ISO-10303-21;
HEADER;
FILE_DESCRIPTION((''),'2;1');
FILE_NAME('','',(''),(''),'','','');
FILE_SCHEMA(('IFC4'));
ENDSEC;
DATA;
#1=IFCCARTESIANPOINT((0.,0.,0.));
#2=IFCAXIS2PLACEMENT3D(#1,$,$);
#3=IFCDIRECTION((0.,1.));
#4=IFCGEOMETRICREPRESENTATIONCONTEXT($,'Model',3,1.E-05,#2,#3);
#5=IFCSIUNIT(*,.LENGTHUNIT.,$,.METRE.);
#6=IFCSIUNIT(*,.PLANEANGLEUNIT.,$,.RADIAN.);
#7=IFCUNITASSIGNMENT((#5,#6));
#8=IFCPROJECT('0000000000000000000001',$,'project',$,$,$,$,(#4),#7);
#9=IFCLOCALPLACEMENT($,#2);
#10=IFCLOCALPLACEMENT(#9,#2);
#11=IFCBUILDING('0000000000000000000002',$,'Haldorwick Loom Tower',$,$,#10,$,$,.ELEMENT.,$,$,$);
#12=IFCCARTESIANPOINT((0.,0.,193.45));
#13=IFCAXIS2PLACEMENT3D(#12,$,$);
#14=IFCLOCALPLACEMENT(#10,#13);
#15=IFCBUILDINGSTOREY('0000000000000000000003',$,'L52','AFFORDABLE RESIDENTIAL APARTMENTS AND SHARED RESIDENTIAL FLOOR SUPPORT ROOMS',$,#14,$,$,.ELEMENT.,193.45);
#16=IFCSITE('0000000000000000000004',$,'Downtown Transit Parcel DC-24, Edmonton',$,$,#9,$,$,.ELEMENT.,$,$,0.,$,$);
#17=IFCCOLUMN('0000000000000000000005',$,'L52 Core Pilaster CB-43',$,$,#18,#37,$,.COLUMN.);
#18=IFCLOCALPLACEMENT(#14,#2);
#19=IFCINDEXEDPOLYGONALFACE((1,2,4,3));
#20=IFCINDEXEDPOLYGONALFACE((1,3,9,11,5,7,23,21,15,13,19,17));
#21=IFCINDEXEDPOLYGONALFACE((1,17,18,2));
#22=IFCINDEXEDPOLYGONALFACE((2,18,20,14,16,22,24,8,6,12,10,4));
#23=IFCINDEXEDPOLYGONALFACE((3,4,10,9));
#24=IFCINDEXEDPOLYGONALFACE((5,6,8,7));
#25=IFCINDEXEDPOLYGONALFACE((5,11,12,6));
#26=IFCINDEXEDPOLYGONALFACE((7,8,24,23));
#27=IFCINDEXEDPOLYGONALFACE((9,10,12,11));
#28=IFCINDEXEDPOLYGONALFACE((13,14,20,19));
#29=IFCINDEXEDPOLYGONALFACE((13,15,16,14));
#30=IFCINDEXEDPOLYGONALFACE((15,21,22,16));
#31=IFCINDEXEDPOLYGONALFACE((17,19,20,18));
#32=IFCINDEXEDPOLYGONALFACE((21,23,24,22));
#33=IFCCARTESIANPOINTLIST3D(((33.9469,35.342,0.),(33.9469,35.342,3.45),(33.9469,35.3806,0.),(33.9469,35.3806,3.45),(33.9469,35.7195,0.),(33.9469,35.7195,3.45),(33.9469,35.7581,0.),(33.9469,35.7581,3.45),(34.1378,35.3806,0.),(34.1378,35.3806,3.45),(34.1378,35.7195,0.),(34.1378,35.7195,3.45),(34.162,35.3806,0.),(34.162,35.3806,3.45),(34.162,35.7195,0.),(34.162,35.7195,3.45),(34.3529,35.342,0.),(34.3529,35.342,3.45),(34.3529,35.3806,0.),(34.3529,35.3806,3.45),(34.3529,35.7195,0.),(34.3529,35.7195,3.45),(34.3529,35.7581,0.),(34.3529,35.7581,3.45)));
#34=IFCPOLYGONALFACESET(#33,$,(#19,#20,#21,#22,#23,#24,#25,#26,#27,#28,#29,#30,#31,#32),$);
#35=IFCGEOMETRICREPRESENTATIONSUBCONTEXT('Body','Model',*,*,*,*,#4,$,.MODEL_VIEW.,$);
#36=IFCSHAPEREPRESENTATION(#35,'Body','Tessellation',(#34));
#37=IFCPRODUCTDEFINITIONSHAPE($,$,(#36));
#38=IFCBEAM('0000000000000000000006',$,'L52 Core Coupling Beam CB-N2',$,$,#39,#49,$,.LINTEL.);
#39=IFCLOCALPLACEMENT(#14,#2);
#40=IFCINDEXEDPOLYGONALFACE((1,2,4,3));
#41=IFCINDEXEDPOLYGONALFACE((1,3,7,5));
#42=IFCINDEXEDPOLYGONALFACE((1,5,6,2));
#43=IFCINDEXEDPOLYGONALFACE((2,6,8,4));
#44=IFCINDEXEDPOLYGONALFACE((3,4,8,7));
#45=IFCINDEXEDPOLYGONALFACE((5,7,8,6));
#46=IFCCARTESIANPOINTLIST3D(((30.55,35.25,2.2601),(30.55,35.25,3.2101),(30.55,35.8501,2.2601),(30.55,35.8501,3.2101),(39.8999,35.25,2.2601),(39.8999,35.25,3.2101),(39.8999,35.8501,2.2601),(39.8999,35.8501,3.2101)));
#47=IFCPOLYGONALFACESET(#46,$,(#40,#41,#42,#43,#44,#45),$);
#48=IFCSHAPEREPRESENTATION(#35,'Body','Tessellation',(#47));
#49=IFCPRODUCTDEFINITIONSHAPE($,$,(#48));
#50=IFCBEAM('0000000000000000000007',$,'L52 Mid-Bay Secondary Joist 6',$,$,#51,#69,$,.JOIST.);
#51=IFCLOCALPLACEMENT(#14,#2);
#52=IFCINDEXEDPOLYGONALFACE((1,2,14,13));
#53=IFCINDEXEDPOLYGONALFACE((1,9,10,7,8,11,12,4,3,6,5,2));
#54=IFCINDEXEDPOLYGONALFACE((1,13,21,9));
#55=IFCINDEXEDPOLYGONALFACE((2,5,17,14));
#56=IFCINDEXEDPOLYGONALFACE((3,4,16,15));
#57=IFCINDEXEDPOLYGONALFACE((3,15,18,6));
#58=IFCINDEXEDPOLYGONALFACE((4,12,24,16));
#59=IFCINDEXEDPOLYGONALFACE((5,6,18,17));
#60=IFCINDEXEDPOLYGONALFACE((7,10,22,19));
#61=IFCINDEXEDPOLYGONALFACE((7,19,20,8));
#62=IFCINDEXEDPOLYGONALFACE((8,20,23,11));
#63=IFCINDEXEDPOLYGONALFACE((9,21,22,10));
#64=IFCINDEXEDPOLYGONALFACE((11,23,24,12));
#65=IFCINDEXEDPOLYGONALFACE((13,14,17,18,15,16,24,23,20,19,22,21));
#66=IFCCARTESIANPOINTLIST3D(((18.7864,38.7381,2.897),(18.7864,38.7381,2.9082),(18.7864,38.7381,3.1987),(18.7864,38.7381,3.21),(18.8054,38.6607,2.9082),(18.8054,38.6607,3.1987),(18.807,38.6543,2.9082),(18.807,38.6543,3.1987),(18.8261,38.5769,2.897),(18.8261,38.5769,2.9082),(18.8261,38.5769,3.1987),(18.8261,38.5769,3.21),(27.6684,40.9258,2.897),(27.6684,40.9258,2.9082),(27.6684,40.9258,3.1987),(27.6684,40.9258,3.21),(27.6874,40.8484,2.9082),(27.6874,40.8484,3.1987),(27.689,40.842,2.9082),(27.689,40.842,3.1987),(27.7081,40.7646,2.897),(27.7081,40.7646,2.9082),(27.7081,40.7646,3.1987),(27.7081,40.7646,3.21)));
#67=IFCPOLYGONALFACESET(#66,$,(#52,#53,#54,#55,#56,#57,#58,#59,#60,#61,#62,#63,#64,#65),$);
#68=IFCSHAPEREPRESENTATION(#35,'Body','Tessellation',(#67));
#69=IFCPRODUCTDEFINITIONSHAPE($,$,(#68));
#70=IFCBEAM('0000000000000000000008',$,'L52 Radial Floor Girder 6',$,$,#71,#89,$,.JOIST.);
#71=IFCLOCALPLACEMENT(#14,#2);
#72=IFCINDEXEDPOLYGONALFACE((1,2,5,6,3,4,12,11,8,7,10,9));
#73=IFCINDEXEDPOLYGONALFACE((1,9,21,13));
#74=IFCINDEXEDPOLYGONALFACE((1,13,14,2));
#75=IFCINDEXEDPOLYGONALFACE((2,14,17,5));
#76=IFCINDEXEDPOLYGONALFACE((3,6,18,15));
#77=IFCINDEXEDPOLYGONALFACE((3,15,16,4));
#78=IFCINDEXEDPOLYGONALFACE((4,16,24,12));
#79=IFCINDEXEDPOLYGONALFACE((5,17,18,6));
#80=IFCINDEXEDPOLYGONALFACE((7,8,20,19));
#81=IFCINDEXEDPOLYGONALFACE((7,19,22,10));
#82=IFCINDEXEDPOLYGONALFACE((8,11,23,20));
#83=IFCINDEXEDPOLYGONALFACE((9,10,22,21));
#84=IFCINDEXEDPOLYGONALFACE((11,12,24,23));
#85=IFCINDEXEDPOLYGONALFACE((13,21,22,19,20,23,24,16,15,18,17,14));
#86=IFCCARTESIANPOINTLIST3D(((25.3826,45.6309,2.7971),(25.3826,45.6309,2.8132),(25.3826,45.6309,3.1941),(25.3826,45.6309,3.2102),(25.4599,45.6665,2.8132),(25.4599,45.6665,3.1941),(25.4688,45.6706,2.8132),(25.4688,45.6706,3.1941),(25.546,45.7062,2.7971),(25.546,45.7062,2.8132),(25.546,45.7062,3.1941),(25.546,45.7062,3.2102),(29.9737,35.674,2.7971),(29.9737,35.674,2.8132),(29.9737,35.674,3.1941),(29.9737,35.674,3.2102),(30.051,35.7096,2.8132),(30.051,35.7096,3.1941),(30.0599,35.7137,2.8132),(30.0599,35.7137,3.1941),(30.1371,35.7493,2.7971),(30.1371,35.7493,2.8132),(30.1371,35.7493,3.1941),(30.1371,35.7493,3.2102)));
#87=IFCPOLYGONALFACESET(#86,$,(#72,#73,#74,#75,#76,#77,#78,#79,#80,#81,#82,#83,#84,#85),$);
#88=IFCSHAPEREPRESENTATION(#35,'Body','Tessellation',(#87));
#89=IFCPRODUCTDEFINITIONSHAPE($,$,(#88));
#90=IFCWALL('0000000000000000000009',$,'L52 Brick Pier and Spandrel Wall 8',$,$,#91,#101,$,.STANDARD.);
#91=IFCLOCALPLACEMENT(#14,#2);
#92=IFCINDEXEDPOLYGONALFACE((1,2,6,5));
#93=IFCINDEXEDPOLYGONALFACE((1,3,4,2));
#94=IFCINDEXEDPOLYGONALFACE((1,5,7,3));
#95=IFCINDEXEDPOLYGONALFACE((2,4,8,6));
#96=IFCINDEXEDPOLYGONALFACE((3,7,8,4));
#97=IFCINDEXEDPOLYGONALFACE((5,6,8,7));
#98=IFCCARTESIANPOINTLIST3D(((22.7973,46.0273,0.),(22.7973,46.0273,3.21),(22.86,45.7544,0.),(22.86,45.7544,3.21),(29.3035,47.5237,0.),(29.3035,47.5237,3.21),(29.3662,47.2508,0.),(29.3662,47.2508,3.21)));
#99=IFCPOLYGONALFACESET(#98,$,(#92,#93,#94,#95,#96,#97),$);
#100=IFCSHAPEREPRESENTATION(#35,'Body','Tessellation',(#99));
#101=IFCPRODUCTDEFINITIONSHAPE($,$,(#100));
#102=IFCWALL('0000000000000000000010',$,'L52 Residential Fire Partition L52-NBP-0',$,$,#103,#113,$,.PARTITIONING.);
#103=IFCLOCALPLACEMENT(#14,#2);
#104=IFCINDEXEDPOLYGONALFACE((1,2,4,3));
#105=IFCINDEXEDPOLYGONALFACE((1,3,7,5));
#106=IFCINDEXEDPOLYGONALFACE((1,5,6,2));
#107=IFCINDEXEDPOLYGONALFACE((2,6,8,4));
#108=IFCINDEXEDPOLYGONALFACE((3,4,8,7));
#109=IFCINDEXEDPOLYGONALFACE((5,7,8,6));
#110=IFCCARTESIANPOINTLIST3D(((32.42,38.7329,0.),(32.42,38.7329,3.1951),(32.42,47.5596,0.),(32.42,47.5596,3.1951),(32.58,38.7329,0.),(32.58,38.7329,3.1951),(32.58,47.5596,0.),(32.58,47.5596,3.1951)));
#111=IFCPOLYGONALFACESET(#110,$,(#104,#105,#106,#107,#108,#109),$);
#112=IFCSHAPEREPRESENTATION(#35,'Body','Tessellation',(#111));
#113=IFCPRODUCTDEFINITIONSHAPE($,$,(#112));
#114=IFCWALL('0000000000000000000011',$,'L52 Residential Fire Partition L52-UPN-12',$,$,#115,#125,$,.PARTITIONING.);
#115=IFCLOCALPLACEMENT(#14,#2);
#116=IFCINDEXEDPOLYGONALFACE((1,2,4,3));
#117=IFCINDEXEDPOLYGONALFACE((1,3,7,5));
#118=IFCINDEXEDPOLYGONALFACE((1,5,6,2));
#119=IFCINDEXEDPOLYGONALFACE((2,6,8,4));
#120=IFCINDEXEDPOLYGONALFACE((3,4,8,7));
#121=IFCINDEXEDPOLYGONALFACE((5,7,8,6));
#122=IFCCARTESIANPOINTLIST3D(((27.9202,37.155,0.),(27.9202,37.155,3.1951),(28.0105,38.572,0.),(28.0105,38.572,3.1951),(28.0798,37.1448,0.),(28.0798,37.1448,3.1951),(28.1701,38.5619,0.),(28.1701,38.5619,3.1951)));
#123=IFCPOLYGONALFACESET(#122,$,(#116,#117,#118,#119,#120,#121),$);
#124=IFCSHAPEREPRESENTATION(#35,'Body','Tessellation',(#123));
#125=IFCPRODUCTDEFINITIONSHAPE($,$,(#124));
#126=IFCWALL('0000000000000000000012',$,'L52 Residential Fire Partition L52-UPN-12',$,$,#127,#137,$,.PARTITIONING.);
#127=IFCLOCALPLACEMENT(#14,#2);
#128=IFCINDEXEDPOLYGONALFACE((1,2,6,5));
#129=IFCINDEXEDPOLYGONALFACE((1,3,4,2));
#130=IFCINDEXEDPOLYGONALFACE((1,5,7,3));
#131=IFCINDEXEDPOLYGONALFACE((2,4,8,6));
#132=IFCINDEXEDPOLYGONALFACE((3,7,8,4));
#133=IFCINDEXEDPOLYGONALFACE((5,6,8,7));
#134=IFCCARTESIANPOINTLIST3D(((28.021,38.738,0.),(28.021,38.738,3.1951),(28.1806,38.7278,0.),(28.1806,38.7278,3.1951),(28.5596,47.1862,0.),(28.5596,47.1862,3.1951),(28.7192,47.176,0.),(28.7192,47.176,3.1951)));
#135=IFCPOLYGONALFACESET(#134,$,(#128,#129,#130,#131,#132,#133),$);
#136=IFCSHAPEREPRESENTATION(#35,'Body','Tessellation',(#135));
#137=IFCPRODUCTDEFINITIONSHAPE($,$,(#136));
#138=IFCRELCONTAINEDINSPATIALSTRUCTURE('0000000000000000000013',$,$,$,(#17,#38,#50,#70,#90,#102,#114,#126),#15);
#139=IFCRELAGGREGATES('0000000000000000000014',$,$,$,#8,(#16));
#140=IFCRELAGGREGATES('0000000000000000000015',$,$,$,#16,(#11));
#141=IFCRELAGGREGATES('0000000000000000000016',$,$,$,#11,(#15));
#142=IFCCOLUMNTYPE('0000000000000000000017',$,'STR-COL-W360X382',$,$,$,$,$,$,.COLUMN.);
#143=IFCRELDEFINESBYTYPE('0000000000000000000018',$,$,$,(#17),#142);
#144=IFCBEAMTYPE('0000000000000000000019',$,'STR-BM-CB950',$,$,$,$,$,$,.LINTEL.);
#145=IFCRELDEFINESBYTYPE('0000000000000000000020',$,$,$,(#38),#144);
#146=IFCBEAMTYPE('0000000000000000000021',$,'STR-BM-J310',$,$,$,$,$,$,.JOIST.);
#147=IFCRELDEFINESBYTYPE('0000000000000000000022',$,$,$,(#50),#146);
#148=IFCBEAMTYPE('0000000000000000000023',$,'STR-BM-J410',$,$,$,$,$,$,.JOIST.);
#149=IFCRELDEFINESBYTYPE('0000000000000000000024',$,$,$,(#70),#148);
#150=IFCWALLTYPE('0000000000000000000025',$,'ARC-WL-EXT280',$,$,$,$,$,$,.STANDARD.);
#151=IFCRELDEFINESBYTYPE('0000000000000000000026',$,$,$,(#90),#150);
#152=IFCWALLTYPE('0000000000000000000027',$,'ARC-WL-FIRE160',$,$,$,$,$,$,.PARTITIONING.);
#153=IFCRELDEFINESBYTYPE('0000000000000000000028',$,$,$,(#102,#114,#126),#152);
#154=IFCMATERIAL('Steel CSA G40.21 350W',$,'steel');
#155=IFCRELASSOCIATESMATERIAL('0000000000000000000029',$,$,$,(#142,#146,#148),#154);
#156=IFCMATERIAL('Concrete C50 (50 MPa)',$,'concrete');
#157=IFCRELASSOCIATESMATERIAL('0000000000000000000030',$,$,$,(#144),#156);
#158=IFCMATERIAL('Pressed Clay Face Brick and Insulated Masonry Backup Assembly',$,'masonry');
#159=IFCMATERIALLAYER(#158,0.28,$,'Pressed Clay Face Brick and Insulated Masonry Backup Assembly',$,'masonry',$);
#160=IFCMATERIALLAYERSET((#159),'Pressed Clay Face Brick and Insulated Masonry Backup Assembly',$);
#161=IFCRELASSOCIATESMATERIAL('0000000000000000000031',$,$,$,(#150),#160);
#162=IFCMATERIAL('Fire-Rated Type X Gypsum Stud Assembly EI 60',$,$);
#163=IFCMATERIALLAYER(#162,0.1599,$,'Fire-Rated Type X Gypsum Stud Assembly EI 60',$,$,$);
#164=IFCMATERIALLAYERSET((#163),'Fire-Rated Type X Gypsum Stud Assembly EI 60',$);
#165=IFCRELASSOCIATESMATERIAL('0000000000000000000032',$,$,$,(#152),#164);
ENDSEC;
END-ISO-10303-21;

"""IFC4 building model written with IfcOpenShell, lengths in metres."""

from ifc_helpers import new_model, si_unit, direction, frame, frame_2d, origin, origin_2d, place, context, subcontext, project, spatial, rectangle, i_section, extrude, material, layer, layer_set, material_profile, profile_set, type_object, element, save


model = new_model("IFC4")

# Units and contexts
model_context = context("Model", 3, precision=1e-05, world=origin(), true_north=direction((0.0, 1.0)))
body_context = subcontext(model_context, "Body", "Model", "MODEL_VIEW")
ifc_project = project(units=[si_unit("LENGTHUNIT", "METRE"), si_unit("PLANEANGLEUNIT", "RADIAN")], contexts=[model_context])

# Site, building, storey
site_placement = place(None, origin())
site = spatial("IfcSite", under=ifc_project, at=site_placement, Name="Downtown Transit Parcel DC-24, Edmonton", CompositionType="ELEMENT", RefElevation=0.0)
building_placement = place(site_placement, origin())
building = spatial("IfcBuilding", under=site, at=building_placement, Name="Haldorwick Loom Tower", CompositionType="ELEMENT")
storey_placement = place(building_placement, frame((0.0, 0.0, 193.45)))
storey = spatial("IfcBuildingStorey", under=building, at=storey_placement, Name="L52", Description="AFFORDABLE RESIDENTIAL APARTMENTS AND SHARED RESIDENTIAL FLOOR SUPPORT ROOMS", CompositionType="ELEMENT", Elevation=193.45)

# Column
ifc_material_1 = material(Name="Steel CSA G40.21 350W", Category="steel")
ifc_material_profile_1 = material_profile(ifc_material_1, i_section(OverallWidth=0.406, OverallDepth=0.416, WebThickness=0.0242, FlangeThickness=0.0386, at=origin_2d()), Name="W360X382", Category="steel")
ifc_profile_set_1 = profile_set([ifc_material_profile_1], Name="Steel CSA G40.21 350W")
column_type_1 = type_object("IfcColumnType", Name="STR-COL-W360X382", PredefinedType="COLUMN", material=ifc_profile_set_1)
for number, where, z_axis, x_axis, name in (
    (1, (34.1499, 35.55, 0.0), (0.0, 0.0, 1.0), (1.0, 0.0, 0.0), "L52 Core Pilaster CB-43"),
):
    element("IfcColumn", number, at=place(storey_placement, frame(where, z_axis=z_axis, x_axis=x_axis)), inside=storey, type_object=column_type_1, Name=name, PredefinedType="COLUMN", context=body_context, shape_type="SweptSolid", body=[
        extrude(i_section(OverallWidth=0.406, OverallDepth=0.416, WebThickness=0.0242, FlangeThickness=0.0386, at=origin_2d()), origin(), (0.0, 0.0, 1.0), 3.45),
    ])

# Beams
ifc_material_2 = material(Name="Concrete C50 (50 MPa)", Category="concrete")
ifc_material_profile_2 = material_profile(ifc_material_2, rectangle(XDim=0.6001, YDim=0.95, at=origin_2d()), Name="RC600X950", Category="concrete")
ifc_profile_set_2 = profile_set([ifc_material_profile_2], Name="Concrete C50 (50 MPa)")
beam_type_1 = type_object("IfcBeamType", Name="STR-BM-CB950", PredefinedType="LINTEL", material=ifc_profile_set_2)
beam_1_placement = place(storey_placement, frame((30.55, 35.55, 2.7351), z_axis=(1.0, 0.0, 0.0), x_axis=(0.0, 1.0, 0.0)))
element("IfcBeam", 2, at=beam_1_placement, inside=storey, type_object=beam_type_1, Name="L52 Core Coupling Beam CB-N2", PredefinedType="LINTEL", context=body_context, shape_type="SweptSolid", body=[
    extrude(rectangle(XDim=0.6001, YDim=0.95, at=origin_2d()), origin(), (0.0, 0.0, 1.0), 9.3499),
])
ifc_material_profile_3 = material_profile(ifc_material_1, i_section(OverallWidth=0.166, OverallDepth=0.313, WebThickness=0.0066, FlangeThickness=0.0112, at=origin_2d()), Name="W310X45", Category="steel")
ifc_profile_set_3 = profile_set([ifc_material_profile_3], Name="Steel CSA G40.21 350W")
beam_type_2 = type_object("IfcBeamType", Name="STR-BM-J310", PredefinedType="JOIST", material=ifc_profile_set_3)
beam_2_placement = place(storey_placement, frame((27.6882, 40.8452, 3.0535), z_axis=(-0.97098, -0.239162, 0.0), x_axis=(0.239162, -0.97098, 0.0)))
element("IfcBeam", 3, at=beam_2_placement, inside=storey, type_object=beam_type_2, Name="L52 Mid-Bay Secondary Joist 6", PredefinedType="JOIST", context=body_context, shape_type="SweptSolid", body=[
    extrude(i_section(OverallWidth=0.166, OverallDepth=0.313, WebThickness=0.0066, FlangeThickness=0.0112, at=origin_2d()), origin(), (0.0, 0.0, 1.0), 9.1475),
])
ifc_material_profile_4 = material_profile(ifc_material_1, i_section(OverallWidth=0.1799, OverallDepth=0.4131, WebThickness=0.0098, FlangeThickness=0.0161, at=origin_2d()), Name="W410X74", Category="steel")
ifc_profile_set_4 = profile_set([ifc_material_profile_4], Name="Steel CSA G40.21 350W")
beam_type_3 = type_object("IfcBeamType", Name="STR-BM-J410", PredefinedType="JOIST", material=ifc_profile_set_4)
beam_3_placement = place(storey_placement, frame((30.0554, 35.7117, 3.0037), z_axis=(-0.418729, 0.908111, 0.0), x_axis=(-0.908111, -0.418729, 0.0)))
element("IfcBeam", 4, at=beam_3_placement, inside=storey, type_object=beam_type_3, Name="L52 Radial Floor Girder 6", PredefinedType="JOIST", context=body_context, shape_type="SweptSolid", body=[
    extrude(i_section(OverallWidth=0.1799, OverallDepth=0.4131, WebThickness=0.0098, FlangeThickness=0.0161, at=origin_2d()), origin(), (0.0, 0.0, 1.0), 10.9644),
])

# Walls
ifc_material_3 = material(Name="Pressed Clay Face Brick and Insulated Masonry Backup Assembly", Category="masonry")
ifc_layer_1 = layer(ifc_material_3, 0.28, Name="Pressed Clay Face Brick and Insulated Masonry Backup Assembly", Category="masonry")
ifc_layer_set_1 = layer_set([ifc_layer_1], Name="Pressed Clay Face Brick and Insulated Masonry Backup Assembly")
wall_type_1 = type_object("IfcWallType", Name="ARC-WL-EXT280", PredefinedType="STANDARD", material=ifc_layer_set_1)
wall_1_placement = place(storey_placement, frame((29.3347, 47.3872, 0.0), z_axis=(0.0, 0.0, 1.0), x_axis=(-0.974557, -0.224138, 0.0)))
element("IfcWall", 5, at=wall_1_placement, inside=storey, type_object=wall_type_1, Name="L52 Brick Pier and Spandrel Wall 8", PredefinedType="STANDARD", context=body_context, shape_type="SweptSolid", body=[
    extrude(rectangle(XDim=6.676, YDim=0.28, at=frame_2d((3.3379, 0.0))), origin(), (0.0, 0.0, 1.0), 3.21),
])
ifc_material_4 = material(Name="Fire-Rated Type X Gypsum Stud Assembly EI 60")
ifc_layer_2 = layer(ifc_material_4, 0.1599, Name="Fire-Rated Type X Gypsum Stud Assembly EI 60")
ifc_layer_set_2 = layer_set([ifc_layer_2], Name="Fire-Rated Type X Gypsum Stud Assembly EI 60")
wall_type_2 = type_object("IfcWallType", Name="ARC-WL-FIRE160", PredefinedType="PARTITIONING", material=ifc_layer_set_2)
wall_2_placement = place(storey_placement, frame((32.5, 38.7329, 0.0), z_axis=(0.0, 0.0, 1.0), x_axis=(0.0, 1.0, 0.0)))
element("IfcWall", 6, at=wall_2_placement, inside=storey, type_object=wall_type_2, Name="L52 Residential Fire Partition L52-NBP-0", PredefinedType="PARTITIONING", context=body_context, shape_type="SweptSolid", body=[
    extrude(rectangle(XDim=8.8267, YDim=0.1599, at=frame_2d((4.4133, 0.0))), origin(), (0.0, 0.0, 1.0), 3.1951),
])
wall_3_placement = place(storey_placement, frame((28.0, 37.1499, 0.0), z_axis=(0.0, 0.0, 1.0), x_axis=(0.06362, 0.997974, 0.0)))
element("IfcWall", 7, at=wall_3_placement, inside=storey, type_object=wall_type_2, Name="L52 Residential Fire Partition L52-UPN-12", PredefinedType="PARTITIONING", context=body_context, shape_type="SweptSolid", body=[
    extrude(rectangle(XDim=1.4199, YDim=0.1599, at=frame_2d((0.71, 0.0))), origin(), (0.0, 0.0, 1.0), 3.1951),
])
wall_4_placement = place(storey_placement, frame((28.1008, 38.7329, 0.0), z_axis=(0.0, 0.0, 1.0), x_axis=(0.063621, 0.997974, 0.0)))
element("IfcWall", 8, at=wall_4_placement, inside=storey, type_object=wall_type_2, Name="L52 Residential Fire Partition L52-UPN-12", PredefinedType="PARTITIONING", context=body_context, shape_type="SweptSolid", body=[
    extrude(rectangle(XDim=8.4653, YDim=0.1599, at=frame_2d((4.2327, 0.0))), origin(), (0.0, 0.0, 1.0), 3.1951),
])

save(model, "model.ifc")
